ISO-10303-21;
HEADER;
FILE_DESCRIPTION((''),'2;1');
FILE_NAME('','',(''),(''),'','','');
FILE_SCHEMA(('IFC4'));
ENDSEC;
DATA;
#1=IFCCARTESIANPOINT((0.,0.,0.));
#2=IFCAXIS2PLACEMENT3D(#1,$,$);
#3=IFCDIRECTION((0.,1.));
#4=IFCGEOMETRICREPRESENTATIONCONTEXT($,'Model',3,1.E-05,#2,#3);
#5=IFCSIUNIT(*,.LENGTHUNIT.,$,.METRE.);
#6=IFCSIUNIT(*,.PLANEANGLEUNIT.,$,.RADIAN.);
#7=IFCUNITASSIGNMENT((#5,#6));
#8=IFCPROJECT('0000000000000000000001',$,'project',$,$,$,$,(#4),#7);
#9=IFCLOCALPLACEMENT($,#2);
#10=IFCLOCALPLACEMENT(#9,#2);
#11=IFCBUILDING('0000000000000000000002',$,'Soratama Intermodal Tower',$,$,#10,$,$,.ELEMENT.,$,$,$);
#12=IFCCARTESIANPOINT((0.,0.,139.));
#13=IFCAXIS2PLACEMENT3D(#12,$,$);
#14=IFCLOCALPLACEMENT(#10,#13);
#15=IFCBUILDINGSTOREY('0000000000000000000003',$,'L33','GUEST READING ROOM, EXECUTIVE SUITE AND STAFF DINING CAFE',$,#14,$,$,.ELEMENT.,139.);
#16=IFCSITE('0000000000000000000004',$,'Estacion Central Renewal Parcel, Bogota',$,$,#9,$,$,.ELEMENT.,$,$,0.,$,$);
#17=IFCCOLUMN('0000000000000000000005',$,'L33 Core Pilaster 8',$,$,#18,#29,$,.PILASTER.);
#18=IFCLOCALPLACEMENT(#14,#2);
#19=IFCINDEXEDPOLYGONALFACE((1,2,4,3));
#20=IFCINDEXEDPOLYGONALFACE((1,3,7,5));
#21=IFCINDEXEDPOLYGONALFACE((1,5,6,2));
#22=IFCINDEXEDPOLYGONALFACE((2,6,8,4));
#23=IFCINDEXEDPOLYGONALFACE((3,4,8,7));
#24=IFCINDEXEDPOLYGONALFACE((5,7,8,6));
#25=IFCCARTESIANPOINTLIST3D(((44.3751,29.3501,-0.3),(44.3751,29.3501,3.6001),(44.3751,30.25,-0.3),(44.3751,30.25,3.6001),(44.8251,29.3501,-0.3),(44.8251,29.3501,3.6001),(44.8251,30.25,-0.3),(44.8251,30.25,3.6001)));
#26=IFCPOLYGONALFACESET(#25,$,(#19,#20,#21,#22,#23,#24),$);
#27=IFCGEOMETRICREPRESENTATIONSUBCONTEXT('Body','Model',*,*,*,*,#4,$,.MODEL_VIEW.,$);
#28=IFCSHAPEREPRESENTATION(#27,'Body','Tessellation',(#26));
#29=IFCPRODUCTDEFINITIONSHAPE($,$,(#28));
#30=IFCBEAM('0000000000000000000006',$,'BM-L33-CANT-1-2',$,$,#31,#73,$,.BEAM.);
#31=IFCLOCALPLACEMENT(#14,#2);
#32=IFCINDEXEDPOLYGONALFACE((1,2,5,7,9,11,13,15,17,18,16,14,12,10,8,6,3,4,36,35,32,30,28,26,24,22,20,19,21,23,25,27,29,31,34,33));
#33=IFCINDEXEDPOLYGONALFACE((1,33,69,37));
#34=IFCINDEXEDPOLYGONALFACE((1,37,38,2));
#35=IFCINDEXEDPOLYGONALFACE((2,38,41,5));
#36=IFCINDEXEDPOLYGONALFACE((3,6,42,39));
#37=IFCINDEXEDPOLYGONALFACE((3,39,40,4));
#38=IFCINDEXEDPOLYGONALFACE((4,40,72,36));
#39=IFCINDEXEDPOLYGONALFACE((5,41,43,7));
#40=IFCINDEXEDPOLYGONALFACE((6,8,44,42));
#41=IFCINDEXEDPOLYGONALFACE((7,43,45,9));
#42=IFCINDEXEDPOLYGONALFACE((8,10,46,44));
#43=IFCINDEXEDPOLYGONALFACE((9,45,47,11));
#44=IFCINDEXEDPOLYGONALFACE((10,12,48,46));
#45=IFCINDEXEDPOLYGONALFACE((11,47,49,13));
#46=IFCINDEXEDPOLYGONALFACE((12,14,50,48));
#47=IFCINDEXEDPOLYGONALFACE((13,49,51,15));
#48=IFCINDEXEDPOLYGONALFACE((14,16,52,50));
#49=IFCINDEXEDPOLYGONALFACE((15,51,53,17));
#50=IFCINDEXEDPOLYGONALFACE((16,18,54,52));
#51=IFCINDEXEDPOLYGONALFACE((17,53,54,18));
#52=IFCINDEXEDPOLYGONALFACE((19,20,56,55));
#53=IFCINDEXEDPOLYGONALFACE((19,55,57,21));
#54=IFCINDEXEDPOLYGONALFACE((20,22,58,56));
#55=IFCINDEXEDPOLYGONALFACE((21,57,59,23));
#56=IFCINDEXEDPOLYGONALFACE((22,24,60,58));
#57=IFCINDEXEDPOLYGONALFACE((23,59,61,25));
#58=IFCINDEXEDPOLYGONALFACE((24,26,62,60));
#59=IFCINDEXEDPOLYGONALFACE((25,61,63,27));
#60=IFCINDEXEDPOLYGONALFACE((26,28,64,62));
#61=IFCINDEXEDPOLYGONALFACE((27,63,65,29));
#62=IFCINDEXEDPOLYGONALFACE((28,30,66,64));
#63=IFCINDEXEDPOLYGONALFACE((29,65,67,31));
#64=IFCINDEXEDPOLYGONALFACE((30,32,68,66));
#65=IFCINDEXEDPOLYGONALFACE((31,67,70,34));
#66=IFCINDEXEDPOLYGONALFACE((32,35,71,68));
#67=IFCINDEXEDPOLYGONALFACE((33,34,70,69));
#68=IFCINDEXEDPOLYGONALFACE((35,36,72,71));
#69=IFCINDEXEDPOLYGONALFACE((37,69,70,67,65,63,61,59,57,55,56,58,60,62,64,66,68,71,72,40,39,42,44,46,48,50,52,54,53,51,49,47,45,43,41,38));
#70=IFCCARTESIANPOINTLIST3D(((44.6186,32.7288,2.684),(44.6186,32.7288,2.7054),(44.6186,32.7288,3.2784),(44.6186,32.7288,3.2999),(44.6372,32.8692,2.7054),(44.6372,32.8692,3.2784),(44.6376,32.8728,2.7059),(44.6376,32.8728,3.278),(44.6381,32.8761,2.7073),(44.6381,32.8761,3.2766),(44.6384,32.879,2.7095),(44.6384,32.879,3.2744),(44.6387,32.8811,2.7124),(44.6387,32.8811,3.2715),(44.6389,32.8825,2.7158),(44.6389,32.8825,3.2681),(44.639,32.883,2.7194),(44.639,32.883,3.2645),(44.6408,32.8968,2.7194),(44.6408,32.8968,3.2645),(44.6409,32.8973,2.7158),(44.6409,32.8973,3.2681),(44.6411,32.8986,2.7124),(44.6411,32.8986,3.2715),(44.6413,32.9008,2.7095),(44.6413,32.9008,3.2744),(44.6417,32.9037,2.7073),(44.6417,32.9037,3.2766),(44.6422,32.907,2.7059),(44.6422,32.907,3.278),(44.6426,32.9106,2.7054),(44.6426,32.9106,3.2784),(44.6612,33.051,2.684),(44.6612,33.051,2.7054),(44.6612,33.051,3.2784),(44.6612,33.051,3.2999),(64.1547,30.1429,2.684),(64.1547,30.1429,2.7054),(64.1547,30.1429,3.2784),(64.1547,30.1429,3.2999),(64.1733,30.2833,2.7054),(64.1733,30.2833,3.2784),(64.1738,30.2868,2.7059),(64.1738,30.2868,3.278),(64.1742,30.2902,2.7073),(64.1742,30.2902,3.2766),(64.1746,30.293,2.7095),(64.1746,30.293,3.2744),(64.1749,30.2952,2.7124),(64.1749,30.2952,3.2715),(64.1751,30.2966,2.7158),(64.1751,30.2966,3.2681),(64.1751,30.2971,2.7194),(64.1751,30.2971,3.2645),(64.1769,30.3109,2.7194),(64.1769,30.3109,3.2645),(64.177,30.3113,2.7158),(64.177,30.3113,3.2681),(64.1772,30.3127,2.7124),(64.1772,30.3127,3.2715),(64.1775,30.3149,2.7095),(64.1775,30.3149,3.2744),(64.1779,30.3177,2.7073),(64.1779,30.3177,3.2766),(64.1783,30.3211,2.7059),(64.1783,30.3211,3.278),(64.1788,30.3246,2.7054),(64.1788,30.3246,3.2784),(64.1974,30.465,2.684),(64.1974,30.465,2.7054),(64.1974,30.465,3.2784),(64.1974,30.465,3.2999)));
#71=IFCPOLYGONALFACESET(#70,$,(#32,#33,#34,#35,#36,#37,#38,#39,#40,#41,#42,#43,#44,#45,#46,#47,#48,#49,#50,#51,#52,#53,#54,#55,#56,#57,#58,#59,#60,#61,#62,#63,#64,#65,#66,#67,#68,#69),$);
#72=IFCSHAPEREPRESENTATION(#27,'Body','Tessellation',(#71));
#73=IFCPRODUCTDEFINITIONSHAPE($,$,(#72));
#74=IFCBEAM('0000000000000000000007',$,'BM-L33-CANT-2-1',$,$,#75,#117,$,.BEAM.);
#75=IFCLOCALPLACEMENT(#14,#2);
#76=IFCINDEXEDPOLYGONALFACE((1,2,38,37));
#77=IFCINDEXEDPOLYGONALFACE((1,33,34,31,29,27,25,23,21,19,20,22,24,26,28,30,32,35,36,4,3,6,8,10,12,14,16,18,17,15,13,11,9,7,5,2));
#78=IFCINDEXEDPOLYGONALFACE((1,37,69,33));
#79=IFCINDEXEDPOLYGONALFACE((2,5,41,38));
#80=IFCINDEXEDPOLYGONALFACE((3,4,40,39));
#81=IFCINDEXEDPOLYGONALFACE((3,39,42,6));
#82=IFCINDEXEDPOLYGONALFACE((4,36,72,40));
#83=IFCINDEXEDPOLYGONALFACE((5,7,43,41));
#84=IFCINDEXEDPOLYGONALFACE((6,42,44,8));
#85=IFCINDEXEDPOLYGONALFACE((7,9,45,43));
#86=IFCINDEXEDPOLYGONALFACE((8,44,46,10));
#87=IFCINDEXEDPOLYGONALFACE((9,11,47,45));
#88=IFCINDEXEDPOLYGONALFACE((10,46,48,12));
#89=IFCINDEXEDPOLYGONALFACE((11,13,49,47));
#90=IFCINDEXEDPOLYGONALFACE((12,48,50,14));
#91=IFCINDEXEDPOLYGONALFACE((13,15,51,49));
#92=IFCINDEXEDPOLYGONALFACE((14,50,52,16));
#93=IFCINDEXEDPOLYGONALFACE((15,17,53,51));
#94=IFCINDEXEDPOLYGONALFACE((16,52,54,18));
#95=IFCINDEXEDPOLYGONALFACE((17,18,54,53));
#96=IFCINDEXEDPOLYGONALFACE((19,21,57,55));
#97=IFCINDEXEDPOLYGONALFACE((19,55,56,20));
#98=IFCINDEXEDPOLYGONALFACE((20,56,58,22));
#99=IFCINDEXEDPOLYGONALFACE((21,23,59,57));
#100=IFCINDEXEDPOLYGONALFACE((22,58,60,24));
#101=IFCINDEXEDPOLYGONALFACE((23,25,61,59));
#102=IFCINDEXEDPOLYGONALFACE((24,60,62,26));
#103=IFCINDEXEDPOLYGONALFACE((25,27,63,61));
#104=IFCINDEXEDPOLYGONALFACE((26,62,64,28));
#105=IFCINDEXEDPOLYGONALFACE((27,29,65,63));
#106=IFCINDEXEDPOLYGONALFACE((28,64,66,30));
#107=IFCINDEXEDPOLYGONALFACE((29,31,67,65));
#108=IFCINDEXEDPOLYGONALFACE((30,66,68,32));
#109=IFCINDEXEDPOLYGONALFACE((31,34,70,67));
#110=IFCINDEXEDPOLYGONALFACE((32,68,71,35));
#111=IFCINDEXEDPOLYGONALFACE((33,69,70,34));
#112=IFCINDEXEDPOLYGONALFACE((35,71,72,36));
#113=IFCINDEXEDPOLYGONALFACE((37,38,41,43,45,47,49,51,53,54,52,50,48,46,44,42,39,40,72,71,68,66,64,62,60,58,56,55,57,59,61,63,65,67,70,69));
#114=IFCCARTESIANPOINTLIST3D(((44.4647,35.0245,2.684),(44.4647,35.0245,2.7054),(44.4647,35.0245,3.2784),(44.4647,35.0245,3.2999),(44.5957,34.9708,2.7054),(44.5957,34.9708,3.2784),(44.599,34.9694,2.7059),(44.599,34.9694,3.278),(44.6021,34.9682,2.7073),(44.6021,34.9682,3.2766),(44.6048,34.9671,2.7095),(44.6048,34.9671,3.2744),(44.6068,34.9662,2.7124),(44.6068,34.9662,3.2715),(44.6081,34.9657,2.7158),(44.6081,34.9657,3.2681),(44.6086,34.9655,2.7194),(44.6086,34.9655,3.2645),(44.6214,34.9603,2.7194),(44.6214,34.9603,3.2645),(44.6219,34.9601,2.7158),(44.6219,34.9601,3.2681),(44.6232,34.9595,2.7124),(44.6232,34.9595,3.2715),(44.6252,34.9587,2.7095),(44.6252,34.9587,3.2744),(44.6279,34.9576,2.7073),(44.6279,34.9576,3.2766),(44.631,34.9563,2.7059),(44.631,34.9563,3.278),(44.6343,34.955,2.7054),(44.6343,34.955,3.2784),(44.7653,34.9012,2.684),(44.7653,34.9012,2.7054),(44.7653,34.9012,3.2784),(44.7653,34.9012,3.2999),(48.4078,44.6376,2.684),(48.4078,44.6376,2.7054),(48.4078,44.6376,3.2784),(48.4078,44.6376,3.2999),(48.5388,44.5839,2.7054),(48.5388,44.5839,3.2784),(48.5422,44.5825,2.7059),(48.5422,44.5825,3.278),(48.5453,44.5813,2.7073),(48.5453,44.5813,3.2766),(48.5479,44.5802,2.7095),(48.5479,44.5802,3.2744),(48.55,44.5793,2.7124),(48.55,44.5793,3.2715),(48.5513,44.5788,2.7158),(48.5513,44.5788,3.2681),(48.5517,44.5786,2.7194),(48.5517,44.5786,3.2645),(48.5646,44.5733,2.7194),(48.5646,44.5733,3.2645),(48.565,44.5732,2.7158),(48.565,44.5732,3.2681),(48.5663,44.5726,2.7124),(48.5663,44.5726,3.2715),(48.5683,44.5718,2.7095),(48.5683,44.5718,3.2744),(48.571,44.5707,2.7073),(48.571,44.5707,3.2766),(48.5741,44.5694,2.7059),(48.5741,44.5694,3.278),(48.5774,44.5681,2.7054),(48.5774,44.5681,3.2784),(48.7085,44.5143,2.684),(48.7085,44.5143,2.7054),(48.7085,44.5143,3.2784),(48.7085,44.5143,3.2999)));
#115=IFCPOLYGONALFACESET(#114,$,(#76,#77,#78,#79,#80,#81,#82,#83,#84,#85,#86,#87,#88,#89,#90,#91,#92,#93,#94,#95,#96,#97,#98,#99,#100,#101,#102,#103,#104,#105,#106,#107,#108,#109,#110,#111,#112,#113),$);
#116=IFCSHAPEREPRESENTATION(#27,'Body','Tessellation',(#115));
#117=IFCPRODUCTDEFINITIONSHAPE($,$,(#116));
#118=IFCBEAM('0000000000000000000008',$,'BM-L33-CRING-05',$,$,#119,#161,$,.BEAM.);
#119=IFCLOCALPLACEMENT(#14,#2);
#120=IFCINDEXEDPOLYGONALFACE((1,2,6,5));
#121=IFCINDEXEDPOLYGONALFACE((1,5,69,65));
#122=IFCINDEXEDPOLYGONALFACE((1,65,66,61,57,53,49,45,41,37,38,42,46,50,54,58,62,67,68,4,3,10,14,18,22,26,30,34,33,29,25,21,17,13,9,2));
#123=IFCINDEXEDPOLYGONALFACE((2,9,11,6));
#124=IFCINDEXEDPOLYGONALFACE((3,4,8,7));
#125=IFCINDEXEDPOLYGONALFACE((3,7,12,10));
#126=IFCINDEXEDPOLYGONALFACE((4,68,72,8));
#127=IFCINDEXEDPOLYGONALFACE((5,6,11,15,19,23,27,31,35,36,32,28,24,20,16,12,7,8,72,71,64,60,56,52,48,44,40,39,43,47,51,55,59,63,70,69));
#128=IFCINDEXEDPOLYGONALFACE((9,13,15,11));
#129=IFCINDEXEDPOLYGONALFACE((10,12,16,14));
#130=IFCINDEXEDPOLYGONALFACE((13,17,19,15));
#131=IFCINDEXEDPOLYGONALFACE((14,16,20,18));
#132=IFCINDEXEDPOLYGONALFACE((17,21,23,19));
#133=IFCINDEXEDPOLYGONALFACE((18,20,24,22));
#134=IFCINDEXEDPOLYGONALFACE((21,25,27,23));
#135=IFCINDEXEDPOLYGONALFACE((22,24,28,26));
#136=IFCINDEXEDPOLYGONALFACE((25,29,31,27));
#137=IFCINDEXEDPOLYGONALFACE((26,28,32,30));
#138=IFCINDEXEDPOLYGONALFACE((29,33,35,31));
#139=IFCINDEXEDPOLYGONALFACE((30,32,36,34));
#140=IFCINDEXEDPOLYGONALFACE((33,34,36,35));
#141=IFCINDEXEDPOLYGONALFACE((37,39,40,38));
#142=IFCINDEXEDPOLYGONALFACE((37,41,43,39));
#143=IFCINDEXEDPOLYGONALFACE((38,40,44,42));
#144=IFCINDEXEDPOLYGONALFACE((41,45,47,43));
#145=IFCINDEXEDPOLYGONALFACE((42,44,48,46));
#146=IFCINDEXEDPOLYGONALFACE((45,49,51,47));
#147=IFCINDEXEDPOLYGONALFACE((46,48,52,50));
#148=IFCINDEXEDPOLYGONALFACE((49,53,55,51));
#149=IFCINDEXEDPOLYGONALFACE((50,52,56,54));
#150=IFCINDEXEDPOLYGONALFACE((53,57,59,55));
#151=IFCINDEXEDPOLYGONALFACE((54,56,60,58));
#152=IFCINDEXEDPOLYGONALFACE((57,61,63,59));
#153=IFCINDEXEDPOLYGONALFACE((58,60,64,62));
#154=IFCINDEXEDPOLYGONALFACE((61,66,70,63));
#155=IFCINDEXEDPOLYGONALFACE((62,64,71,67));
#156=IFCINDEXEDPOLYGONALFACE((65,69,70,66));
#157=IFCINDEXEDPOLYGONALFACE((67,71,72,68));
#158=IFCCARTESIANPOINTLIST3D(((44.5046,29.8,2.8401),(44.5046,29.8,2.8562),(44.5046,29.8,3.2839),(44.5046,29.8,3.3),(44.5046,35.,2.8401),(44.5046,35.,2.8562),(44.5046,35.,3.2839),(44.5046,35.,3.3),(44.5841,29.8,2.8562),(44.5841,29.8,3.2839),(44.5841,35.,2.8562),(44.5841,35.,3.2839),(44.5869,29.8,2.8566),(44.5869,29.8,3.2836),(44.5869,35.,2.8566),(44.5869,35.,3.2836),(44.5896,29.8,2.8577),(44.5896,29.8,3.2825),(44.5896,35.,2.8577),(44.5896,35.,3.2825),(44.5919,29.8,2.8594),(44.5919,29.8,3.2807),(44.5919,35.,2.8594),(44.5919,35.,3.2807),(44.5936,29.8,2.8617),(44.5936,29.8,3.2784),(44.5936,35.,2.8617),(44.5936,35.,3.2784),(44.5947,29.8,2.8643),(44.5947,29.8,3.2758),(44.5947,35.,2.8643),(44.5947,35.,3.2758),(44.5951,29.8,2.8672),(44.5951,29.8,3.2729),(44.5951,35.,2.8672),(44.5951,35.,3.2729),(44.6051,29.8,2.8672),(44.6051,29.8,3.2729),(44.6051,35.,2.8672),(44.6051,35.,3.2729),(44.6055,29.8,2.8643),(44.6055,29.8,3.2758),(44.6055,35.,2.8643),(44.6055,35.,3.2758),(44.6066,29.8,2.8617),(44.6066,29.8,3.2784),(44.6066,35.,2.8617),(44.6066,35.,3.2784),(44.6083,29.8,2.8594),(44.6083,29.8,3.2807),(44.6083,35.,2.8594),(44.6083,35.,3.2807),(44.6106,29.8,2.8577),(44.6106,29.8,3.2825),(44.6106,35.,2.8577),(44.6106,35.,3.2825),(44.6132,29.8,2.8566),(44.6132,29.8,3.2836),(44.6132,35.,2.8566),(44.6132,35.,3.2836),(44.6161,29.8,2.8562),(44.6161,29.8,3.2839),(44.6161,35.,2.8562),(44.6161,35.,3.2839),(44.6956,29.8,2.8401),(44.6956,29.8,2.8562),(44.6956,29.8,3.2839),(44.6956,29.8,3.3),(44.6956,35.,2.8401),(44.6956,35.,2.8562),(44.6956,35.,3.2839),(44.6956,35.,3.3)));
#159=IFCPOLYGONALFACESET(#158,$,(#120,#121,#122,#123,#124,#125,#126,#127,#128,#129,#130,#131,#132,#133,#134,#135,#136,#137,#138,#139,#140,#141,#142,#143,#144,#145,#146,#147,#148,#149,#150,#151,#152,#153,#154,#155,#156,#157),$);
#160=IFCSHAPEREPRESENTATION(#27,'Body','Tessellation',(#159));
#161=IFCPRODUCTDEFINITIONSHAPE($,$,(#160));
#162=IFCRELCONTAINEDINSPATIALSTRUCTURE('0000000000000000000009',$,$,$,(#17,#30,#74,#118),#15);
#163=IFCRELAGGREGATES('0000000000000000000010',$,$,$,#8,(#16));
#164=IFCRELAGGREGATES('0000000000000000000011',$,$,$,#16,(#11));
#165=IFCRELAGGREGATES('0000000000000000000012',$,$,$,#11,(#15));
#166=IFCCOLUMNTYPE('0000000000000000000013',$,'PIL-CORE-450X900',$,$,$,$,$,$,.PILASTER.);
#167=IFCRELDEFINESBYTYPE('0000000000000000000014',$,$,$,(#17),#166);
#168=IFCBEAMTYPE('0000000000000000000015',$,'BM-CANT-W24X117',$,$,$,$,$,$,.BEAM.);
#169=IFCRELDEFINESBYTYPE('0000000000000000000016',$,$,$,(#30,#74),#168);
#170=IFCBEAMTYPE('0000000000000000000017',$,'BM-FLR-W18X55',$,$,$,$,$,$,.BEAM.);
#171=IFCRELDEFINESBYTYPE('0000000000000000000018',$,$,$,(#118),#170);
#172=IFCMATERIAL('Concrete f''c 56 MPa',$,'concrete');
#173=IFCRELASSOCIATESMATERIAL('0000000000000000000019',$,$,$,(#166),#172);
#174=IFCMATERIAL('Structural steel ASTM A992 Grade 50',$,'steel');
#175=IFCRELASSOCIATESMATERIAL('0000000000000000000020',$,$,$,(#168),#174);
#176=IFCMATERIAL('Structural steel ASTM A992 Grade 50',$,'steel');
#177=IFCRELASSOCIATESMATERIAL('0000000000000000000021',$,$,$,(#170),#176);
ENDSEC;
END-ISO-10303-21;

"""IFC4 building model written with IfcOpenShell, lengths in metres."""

from ifc_helpers import new_model, si_unit, direction, frame, origin, origin_2d, place, context, subcontext, project, spatial, rectangle, i_section, extrude, material, material_profile, profile_set, type_object, element, save


model = new_model("IFC4")

# Units and contexts
model_context = context("Model", 3, precision=1e-05, world=origin(), true_north=direction((0.0, 1.0)))
body_context = subcontext(model_context, "Body", "Model", "MODEL_VIEW")
ifc_project = project(units=[si_unit("LENGTHUNIT", "METRE"), si_unit("PLANEANGLEUNIT", "RADIAN")], contexts=[model_context])

# Site, building, storey
site_placement = place(None, origin())
site = spatial("IfcSite", under=ifc_project, at=site_placement, Name="Estacion Central Renewal Parcel, Bogota", CompositionType="ELEMENT", RefElevation=0.0)
building_placement = place(site_placement, origin())
building = spatial("IfcBuilding", under=site, at=building_placement, Name="Soratama Intermodal Tower", CompositionType="ELEMENT")
storey_placement = place(building_placement, frame((0.0, 0.0, 139.0)))
storey = spatial("IfcBuildingStorey", under=building, at=storey_placement, Name="L33", Description="GUEST READING ROOM, EXECUTIVE SUITE AND STAFF DINING CAFE", CompositionType="ELEMENT", Elevation=139.0)

# Column
ifc_material_1 = material(Name="Concrete f'c 56 MPa", Category="concrete")
ifc_material_profile_1 = material_profile(ifc_material_1, rectangle(XDim=0.45, YDim=0.8999, at=origin_2d()), Name="RC450X900")
ifc_profile_set_1 = profile_set([ifc_material_profile_1], Name="Concrete f'c 56 MPa")
column_type = type_object("IfcColumnType", Name="PIL-CORE-450X900", PredefinedType="PILASTER", material=ifc_profile_set_1)
column_placement = place(storey_placement, frame((44.6001, 29.8, -0.3), z_axis=(0.0, 0.0, 1.0), x_axis=(1.0, 0.0, 0.0)))
element("IfcColumn", 1, at=column_placement, inside=storey, type_object=column_type, Name="L33 Core Pilaster 8", PredefinedType="PILASTER", context=body_context, shape_type="SweptSolid", body=[
    extrude(rectangle(XDim=0.45, YDim=0.8999, at=origin_2d()), origin(), (0.0, 0.0, 1.0), 3.9001),
])

# Beams
ifc_material_2 = material(Name="Structural steel ASTM A992 Grade 50", Category="steel")
ifc_material_profile_2 = material_profile(ifc_material_2, i_section(OverallWidth=0.325, OverallDepth=0.616, WebThickness=0.0139, FlangeThickness=0.0215, FilletRadius=0.0139, at=origin_2d()), Name="W24X117")
ifc_profile_set_2 = profile_set([ifc_material_profile_2], Name="Structural steel ASTM A992 Grade 50")
beam_type_1 = type_object("IfcBeamType", Name="BM-CANT-W24X117", PredefinedType="BEAM", material=ifc_profile_set_2)
beam_1_placement = place(storey_placement, frame((44.6399, 32.8899, 2.9919), z_axis=(0.991353, -0.131222, 0.0), x_axis=(0.131222, 0.991353, 0.0)))
element("IfcBeam", 2, at=beam_1_placement, inside=storey, type_object=beam_type_1, Name="BM-L33-CANT-1-2", PredefinedType="BEAM", context=body_context, shape_type="SweptSolid", body=[
    extrude(i_section(OverallWidth=0.325, OverallDepth=0.616, WebThickness=0.0139, FlangeThickness=0.0215, FilletRadius=0.0139, at=origin_2d()), origin(), (0.0, 0.0, 1.0), 19.7065),
])
beam_2_placement = place(storey_placement, frame((44.615, 34.9629, 2.9919), z_axis=(0.379499, 0.925192, 0.0), x_axis=(-0.925192, 0.379499, 0.0)))
element("IfcBeam", 3, at=beam_2_placement, inside=storey, type_object=beam_type_1, Name="BM-L33-CANT-2-1", PredefinedType="BEAM", context=body_context, shape_type="SweptSolid", body=[
    extrude(i_section(OverallWidth=0.325, OverallDepth=0.616, WebThickness=0.0139, FlangeThickness=0.0215, FilletRadius=0.0139, at=origin_2d()), origin(), (0.0, 0.0, 1.0), 10.3904),
])
ifc_material_3 = material(Name="Structural steel ASTM A992 Grade 50", Category="steel")
ifc_material_profile_3 = material_profile(ifc_material_3, i_section(OverallWidth=0.1909, OverallDepth=0.46, WebThickness=0.01, FlangeThickness=0.0161, FilletRadius=0.011, at=origin_2d()), Name="W18X55")
ifc_profile_set_3 = profile_set([ifc_material_profile_3], Name="Structural steel ASTM A992 Grade 50")
beam_type_2 = type_object("IfcBeamType", Name="BM-FLR-W18X55", PredefinedType="BEAM", material=ifc_profile_set_3)
beam_3_placement = place(storey_placement, frame((44.6001, 29.8, 3.0701), z_axis=(0.0, 1.0, 0.0), x_axis=(-1.0, 0.0, 0.0)))
element("IfcBeam", 4, at=beam_3_placement, inside=storey, type_object=beam_type_2, Name="BM-L33-CRING-05", PredefinedType="BEAM", context=body_context, shape_type="SweptSolid", body=[
    extrude(i_section(OverallWidth=0.1909, OverallDepth=0.46, WebThickness=0.01, FlangeThickness=0.0161, FilletRadius=0.011, at=origin_2d()), origin(), (0.0, 0.0, 1.0), 5.2),
])

save(model, "model.ifc")
